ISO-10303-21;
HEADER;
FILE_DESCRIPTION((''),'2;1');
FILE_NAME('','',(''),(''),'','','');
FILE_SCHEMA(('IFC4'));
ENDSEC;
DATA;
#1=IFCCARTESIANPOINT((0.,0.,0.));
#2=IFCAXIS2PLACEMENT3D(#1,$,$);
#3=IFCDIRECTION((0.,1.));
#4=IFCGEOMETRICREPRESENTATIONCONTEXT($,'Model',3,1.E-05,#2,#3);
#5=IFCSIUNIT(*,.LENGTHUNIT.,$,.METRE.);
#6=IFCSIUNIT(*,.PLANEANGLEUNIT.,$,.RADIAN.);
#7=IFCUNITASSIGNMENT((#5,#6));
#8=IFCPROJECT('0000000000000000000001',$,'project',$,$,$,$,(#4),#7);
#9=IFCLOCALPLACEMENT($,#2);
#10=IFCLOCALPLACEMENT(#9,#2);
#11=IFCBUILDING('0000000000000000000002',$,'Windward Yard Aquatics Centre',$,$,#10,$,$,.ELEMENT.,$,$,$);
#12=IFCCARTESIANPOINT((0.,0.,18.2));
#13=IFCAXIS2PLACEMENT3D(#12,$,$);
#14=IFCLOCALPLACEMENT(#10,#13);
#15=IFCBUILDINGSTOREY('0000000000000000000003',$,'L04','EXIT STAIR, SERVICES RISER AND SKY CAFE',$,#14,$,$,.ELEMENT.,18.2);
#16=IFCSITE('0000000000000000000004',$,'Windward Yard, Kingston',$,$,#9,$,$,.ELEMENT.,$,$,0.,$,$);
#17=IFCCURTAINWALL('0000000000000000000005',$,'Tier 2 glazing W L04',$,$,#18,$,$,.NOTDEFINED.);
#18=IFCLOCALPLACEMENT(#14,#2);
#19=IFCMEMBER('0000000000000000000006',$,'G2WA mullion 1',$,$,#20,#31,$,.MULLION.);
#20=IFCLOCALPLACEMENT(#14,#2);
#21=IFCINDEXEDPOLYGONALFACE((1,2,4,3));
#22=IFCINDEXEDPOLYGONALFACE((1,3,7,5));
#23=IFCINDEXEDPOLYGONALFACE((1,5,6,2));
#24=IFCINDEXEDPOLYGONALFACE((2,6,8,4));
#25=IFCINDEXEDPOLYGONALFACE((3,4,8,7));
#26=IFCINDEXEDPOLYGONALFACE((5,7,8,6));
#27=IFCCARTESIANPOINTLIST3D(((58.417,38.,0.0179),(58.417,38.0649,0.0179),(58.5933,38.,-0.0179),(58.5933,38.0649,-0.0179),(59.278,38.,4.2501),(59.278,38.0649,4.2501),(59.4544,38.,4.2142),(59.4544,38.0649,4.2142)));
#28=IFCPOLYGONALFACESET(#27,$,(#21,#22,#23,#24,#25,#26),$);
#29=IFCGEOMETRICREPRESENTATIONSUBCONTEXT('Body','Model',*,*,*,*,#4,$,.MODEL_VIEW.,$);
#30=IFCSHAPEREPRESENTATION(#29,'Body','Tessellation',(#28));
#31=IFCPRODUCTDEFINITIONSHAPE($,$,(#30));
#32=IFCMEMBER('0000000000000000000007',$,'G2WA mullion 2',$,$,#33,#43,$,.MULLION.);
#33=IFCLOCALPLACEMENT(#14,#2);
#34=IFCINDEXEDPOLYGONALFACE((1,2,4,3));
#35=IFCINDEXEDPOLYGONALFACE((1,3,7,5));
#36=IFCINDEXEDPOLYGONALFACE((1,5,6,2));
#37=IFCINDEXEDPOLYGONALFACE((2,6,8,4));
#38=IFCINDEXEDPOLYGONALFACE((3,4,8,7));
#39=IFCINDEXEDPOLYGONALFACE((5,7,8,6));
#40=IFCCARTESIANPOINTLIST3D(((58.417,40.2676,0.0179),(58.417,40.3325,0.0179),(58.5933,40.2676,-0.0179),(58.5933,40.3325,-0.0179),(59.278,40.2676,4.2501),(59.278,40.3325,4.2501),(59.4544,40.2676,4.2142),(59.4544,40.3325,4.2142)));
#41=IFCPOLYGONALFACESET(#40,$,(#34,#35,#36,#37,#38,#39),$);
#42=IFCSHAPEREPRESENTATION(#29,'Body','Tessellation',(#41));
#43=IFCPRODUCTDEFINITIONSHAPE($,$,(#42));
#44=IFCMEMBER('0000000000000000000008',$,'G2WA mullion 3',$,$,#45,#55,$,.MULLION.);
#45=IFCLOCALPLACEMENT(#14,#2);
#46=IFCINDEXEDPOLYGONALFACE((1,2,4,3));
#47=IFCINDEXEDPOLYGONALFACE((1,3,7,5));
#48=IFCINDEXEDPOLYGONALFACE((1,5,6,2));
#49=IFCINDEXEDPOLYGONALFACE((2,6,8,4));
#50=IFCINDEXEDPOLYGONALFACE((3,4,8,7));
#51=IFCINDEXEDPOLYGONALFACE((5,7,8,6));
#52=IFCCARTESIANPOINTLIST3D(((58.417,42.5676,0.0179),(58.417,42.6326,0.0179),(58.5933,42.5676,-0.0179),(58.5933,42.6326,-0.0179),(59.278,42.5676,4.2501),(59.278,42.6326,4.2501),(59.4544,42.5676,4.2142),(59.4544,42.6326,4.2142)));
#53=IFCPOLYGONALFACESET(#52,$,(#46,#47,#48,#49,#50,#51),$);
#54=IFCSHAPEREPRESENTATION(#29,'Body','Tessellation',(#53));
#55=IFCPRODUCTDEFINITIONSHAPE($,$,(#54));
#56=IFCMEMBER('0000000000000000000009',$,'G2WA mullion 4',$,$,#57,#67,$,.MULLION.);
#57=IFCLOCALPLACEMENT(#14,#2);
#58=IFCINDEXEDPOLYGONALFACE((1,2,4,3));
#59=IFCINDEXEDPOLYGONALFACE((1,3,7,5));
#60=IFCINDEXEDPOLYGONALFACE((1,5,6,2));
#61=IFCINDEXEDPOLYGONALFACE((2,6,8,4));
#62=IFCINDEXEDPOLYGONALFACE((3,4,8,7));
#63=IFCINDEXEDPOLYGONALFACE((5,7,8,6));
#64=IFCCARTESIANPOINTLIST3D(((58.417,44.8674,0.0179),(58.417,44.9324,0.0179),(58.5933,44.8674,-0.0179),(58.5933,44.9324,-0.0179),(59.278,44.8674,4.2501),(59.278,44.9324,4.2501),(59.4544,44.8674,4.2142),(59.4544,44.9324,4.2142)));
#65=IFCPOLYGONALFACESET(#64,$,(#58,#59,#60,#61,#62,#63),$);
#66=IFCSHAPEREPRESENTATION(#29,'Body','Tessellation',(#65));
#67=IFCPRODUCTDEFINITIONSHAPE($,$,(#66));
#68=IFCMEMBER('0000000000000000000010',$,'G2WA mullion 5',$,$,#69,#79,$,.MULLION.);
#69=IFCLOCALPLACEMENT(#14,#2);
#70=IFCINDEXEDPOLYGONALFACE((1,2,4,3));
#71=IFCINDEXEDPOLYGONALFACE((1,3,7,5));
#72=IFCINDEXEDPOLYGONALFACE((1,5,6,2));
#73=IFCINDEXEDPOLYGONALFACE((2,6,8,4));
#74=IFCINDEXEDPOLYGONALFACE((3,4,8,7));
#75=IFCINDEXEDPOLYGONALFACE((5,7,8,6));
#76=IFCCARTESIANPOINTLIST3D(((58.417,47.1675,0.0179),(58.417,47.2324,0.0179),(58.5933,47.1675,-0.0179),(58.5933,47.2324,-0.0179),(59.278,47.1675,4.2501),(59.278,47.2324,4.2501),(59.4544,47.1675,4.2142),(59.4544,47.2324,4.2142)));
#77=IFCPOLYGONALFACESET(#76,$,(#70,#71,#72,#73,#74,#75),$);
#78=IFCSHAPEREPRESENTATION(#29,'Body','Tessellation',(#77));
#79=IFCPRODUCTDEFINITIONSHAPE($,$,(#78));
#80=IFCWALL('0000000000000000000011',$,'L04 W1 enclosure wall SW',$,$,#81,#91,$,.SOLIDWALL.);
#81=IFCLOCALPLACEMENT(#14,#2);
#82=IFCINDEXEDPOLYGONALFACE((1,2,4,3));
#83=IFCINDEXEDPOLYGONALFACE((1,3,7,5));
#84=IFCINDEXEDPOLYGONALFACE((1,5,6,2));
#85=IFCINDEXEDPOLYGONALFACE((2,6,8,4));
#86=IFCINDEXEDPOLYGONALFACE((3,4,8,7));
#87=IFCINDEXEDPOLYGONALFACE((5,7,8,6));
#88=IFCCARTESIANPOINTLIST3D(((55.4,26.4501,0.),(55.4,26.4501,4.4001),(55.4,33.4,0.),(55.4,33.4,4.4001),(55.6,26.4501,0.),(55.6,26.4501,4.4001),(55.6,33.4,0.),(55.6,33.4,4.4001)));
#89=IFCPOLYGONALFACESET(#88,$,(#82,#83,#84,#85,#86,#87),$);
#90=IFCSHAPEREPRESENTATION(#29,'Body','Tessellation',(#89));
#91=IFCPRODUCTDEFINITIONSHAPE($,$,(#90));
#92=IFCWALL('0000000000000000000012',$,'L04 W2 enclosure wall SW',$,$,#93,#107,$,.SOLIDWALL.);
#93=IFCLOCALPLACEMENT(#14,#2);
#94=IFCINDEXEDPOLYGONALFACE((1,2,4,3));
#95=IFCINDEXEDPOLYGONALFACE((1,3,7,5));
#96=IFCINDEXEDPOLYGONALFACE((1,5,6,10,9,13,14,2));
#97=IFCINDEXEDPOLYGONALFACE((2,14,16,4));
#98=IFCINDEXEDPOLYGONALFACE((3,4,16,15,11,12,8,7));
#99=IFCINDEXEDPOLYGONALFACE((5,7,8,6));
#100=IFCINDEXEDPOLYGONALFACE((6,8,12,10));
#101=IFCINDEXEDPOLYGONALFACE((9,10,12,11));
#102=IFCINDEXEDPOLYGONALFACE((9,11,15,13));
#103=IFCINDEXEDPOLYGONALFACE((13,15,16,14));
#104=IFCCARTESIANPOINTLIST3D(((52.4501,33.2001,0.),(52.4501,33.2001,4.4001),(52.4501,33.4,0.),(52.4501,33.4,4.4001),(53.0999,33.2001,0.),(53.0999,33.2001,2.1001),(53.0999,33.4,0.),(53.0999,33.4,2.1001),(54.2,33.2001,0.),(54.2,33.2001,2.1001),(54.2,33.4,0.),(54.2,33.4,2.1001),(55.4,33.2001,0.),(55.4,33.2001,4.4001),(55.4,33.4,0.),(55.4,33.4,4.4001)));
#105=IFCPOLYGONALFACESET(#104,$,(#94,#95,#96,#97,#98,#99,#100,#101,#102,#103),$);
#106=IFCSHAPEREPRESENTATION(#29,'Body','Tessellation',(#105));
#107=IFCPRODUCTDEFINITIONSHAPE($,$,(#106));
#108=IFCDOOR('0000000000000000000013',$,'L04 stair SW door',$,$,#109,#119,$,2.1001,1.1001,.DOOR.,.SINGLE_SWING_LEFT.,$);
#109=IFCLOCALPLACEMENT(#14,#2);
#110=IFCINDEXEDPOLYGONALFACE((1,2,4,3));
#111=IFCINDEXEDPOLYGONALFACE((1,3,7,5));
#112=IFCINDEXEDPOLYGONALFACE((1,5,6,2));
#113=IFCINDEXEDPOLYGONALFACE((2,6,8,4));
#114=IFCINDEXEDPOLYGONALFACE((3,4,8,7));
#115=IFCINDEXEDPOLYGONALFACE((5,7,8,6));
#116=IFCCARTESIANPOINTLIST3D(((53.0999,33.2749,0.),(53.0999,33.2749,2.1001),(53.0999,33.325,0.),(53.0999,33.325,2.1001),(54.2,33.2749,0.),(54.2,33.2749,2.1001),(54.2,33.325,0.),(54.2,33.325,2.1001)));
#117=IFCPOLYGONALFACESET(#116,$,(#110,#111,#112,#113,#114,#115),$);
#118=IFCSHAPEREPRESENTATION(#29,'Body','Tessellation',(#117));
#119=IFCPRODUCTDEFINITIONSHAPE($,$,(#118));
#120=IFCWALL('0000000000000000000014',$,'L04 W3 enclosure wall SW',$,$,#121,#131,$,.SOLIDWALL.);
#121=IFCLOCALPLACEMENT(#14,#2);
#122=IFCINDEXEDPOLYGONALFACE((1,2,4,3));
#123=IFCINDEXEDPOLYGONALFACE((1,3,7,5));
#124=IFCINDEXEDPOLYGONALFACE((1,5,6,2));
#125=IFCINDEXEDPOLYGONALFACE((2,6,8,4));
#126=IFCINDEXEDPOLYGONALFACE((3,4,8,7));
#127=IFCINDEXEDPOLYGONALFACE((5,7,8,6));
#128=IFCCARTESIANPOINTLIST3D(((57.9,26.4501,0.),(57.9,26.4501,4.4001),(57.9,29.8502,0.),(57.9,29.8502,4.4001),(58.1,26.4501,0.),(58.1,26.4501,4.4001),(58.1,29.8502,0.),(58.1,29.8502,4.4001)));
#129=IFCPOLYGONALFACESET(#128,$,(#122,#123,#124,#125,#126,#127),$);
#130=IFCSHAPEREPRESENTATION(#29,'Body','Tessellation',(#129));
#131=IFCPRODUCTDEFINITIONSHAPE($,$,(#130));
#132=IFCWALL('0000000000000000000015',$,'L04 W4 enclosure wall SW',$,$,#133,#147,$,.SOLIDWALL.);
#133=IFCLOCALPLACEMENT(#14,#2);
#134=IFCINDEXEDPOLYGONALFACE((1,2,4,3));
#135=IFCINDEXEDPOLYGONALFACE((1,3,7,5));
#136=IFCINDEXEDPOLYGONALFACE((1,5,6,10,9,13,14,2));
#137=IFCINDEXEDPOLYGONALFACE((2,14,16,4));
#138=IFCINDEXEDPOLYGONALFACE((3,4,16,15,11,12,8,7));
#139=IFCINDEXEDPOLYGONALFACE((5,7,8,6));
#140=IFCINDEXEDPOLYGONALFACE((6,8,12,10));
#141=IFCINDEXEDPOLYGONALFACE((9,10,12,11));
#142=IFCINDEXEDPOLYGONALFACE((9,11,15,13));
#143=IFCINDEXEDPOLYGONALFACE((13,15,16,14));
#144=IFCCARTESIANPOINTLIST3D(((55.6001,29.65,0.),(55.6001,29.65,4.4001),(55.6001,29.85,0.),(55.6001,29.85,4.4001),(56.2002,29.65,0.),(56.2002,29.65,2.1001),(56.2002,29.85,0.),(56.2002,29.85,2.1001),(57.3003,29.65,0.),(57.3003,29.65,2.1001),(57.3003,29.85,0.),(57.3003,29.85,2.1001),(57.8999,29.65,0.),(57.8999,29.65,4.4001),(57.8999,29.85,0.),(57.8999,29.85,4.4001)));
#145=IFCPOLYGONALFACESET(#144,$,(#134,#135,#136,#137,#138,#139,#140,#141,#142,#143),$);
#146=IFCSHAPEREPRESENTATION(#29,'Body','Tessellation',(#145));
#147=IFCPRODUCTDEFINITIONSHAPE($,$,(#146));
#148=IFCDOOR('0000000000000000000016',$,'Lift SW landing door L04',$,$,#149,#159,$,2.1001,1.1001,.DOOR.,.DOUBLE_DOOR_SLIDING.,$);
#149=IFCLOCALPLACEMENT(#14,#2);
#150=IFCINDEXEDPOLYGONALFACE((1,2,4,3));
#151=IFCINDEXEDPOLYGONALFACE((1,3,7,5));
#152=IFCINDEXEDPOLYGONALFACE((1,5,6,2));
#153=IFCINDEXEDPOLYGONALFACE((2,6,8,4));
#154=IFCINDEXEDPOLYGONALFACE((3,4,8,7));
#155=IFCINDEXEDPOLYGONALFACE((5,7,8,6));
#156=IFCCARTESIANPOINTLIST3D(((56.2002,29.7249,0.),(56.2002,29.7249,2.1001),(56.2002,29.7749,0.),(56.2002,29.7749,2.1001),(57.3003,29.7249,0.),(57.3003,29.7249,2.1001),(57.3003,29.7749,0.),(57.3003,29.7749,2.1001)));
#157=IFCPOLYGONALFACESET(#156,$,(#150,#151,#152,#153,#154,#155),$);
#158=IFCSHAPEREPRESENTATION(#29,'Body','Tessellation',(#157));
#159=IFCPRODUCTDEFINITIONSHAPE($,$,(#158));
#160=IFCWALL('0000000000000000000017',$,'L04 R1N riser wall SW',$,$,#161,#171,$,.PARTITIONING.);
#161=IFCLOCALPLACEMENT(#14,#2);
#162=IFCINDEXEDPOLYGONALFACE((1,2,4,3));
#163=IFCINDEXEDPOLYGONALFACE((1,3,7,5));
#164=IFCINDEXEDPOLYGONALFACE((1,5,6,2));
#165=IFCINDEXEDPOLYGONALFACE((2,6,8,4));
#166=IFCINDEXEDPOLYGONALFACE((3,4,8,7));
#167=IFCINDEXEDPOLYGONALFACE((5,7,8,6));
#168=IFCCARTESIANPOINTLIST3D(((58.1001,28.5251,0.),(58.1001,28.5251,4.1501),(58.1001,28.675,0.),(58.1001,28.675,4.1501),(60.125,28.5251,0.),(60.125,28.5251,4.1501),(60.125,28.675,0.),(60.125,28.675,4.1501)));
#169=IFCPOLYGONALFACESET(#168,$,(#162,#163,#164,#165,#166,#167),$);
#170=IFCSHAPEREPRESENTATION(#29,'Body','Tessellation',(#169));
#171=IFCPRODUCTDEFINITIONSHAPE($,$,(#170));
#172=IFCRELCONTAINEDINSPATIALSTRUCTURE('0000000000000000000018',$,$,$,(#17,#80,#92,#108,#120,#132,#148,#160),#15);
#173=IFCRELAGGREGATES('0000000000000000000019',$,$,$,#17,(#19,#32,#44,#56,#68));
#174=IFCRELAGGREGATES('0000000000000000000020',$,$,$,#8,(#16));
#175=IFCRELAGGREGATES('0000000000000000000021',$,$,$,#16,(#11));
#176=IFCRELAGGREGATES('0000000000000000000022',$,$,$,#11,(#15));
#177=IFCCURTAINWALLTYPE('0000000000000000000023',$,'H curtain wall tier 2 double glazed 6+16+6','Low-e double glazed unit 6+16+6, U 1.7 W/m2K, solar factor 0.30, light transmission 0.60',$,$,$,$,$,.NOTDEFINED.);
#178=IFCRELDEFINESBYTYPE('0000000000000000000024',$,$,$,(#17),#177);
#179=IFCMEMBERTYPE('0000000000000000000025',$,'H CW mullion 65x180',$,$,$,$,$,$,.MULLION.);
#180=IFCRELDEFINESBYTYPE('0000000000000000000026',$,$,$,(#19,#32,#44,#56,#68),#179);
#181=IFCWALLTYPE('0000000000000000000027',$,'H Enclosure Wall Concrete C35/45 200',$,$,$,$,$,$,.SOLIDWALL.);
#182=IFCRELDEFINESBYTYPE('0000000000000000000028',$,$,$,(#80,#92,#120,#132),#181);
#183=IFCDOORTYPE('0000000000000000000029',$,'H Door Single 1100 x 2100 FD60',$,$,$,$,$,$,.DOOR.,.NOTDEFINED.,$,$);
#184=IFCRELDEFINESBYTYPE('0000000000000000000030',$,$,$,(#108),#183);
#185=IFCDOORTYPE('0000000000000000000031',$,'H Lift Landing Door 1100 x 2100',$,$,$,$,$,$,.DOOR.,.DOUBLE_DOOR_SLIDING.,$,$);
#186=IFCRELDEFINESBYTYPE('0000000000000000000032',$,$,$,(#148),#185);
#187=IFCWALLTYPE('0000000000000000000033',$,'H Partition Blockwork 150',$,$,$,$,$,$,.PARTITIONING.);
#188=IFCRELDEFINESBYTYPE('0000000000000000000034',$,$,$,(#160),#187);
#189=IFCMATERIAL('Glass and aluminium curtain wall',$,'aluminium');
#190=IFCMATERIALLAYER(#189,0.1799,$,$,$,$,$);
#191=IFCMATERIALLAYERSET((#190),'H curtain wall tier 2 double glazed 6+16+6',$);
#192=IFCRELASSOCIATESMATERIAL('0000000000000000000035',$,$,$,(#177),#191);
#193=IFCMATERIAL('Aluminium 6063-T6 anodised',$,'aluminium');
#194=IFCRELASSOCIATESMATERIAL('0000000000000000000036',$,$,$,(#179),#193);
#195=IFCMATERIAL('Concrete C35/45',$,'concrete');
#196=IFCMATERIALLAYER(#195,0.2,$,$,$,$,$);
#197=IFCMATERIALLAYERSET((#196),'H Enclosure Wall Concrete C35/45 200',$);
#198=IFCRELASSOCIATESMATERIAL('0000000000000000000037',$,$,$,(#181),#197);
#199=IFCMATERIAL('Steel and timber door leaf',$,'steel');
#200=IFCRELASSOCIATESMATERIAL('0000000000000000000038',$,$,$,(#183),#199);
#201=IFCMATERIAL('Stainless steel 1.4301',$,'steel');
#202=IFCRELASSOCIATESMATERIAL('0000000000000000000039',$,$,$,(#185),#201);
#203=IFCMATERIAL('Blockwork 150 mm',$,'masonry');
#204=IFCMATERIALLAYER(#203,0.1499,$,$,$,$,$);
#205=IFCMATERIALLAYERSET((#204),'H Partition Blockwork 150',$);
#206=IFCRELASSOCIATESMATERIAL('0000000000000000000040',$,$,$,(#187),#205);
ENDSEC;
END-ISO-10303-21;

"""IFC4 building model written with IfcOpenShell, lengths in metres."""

from ifc_helpers import new_model, si_unit, direction, frame, frame_2d, origin, origin_2d, place, context, subcontext, project, spatial, rectangle, extrude, material, layer, layer_set, material_profile, profile_set, type_object, element, fill, aggregate, save


model = new_model("IFC4")

# Units and contexts
model_context = context("Model", 3, precision=1e-05, world=origin(), true_north=direction((0.0, 1.0)))
body_context = subcontext(model_context, "Body", "Model", "MODEL_VIEW")
ifc_project = project(units=[si_unit("LENGTHUNIT", "METRE"), si_unit("PLANEANGLEUNIT", "RADIAN")], contexts=[model_context])

# Site, building, storey
site_placement = place(None, origin())
site = spatial("IfcSite", under=ifc_project, at=site_placement, Name="Windward Yard, Kingston", CompositionType="ELEMENT", RefElevation=0.0)
building_placement = place(site_placement, origin())
building = spatial("IfcBuilding", under=site, at=building_placement, Name="Windward Yard Aquatics Centre", CompositionType="ELEMENT")
storey_placement = place(building_placement, frame((0.0, 0.0, 18.2)))
storey = spatial("IfcBuildingStorey", under=building, at=storey_placement, Name="L04", Description="EXIT STAIR, SERVICES RISER AND SKY CAFE", CompositionType="ELEMENT", Elevation=18.2)

# Curtain wall, members
ifc_material_1 = material(Name="Glass and aluminium curtain wall", Category="aluminium")
ifc_layer_1 = layer(ifc_material_1, 0.1799)
ifc_layer_set_1 = layer_set([ifc_layer_1], Name="H curtain wall tier 2 double glazed 6+16+6")
curtain_wall_type = type_object("IfcCurtainWallType", Name="H curtain wall tier 2 double glazed 6+16+6", Description="Low-e double glazed unit 6+16+6, U 1.7 W/m2K, solar factor 0.30, light transmission 0.60", PredefinedType="NOTDEFINED", material=ifc_layer_set_1)
curtain_wall_placement = place(storey_placement, origin())
curtain_wall = element("IfcCurtainWall", 1, at=curtain_wall_placement, inside=storey, type_object=curtain_wall_type, Name="Tier 2 glazing W L04", PredefinedType="NOTDEFINED")
ifc_material_2 = material(Name="Aluminium 6063-T6 anodised", Category="aluminium")
ifc_material_profile = material_profile(ifc_material_2, rectangle(XDim=0.0649, YDim=0.1799, at=origin_2d()), Name="H CW mullion 65x180")
ifc_profile_set = profile_set([ifc_material_profile], Name="Aluminium 6063-T6 anodised")
member_type = type_object("IfcMemberType", Name="H CW mullion 65x180", PredefinedType="MULLION", material=ifc_profile_set)
member_1_placement = place(storey_placement, frame((58.5051, 38.0325, 0.0), z_axis=(0.199376, 0.0, 0.979923), x_axis=(0.0, 1.0, 0.0)))
member_1 = element("IfcMember", 2, at=member_1_placement, type_object=member_type, Name="G2WA mullion 1", PredefinedType="MULLION", context=body_context, shape_type="SweptSolid", body=[
    extrude(rectangle(XDim=0.0649, YDim=0.1799, at=origin_2d()), origin(), (0.0, 0.0, 1.0), 4.3188),
])
member_2_placement = place(storey_placement, frame((58.5051, 40.3, 0.0), z_axis=(0.199376, 0.0, 0.979923), x_axis=(0.0, 1.0, 0.0)))
member_2 = element("IfcMember", 3, at=member_2_placement, type_object=member_type, Name="G2WA mullion 2", PredefinedType="MULLION", context=body_context, shape_type="SweptSolid", body=[
    extrude(rectangle(XDim=0.0649, YDim=0.1799, at=origin_2d()), origin(), (0.0, 0.0, 1.0), 4.3188),
])
member_3_placement = place(storey_placement, frame((58.5051, 42.6001, 0.0), z_axis=(0.199376, 0.0, 0.979923), x_axis=(0.0, 1.0, 0.0)))
member_3 = element("IfcMember", 4, at=member_3_placement, type_object=member_type, Name="G2WA mullion 3", PredefinedType="MULLION", context=body_context, shape_type="SweptSolid", body=[
    extrude(rectangle(XDim=0.0649, YDim=0.1799, at=origin_2d()), origin(), (0.0, 0.0, 1.0), 4.3188),
])
member_4_placement = place(storey_placement, frame((58.5051, 44.8999, 0.0), z_axis=(0.199376, 0.0, 0.979923), x_axis=(0.0, 1.0, 0.0)))
member_4 = element("IfcMember", 5, at=member_4_placement, type_object=member_type, Name="G2WA mullion 4", PredefinedType="MULLION", context=body_context, shape_type="SweptSolid", body=[
    extrude(rectangle(XDim=0.0649, YDim=0.1799, at=origin_2d()), origin(), (0.0, 0.0, 1.0), 4.3188),
])
member_5_placement = place(storey_placement, frame((58.5051, 47.2, 0.0), z_axis=(0.199376, 0.0, 0.979923), x_axis=(0.0, 1.0, 0.0)))
member_5 = element("IfcMember", 6, at=member_5_placement, type_object=member_type, Name="G2WA mullion 5", PredefinedType="MULLION", context=body_context, shape_type="SweptSolid", body=[
    extrude(rectangle(XDim=0.0649, YDim=0.1799, at=origin_2d()), origin(), (0.0, 0.0, 1.0), 4.3188),
])
aggregate(curtain_wall, [member_1, member_2, member_3, member_4, member_5])

# Wall
ifc_material_3 = material(Name="Concrete C35/45", Category="concrete")
ifc_layer_2 = layer(ifc_material_3, 0.2)
ifc_layer_set_2 = layer_set([ifc_layer_2], Name="H Enclosure Wall Concrete C35/45 200")
wall_type_1 = type_object("IfcWallType", Name="H Enclosure Wall Concrete C35/45 200", PredefinedType="SOLIDWALL", material=ifc_layer_set_2)
wall_1_placement = place(storey_placement, frame((55.5, 26.45, 0.0), z_axis=(0.0, 0.0, 1.0), x_axis=(0.0, 1.0, 0.0)))
element("IfcWall", 7, at=wall_1_placement, inside=storey, type_object=wall_type_1, Name="L04 W1 enclosure wall SW", PredefinedType="SOLIDWALL", context=body_context, shape_type="SweptSolid", body=[
    extrude(rectangle(XDim=6.95, YDim=0.2, at=frame_2d((3.4751, 0.0))), origin(), (0.0, 0.0, 1.0), 4.4001),
])

# Wall, opening, door
wall_2_placement = place(storey_placement, frame((52.45, 33.3, 0.0), z_axis=(0.0, 0.0, 1.0), x_axis=(1.0, 0.0, 0.0)))
wall_2 = element("IfcWall", 8, at=wall_2_placement, inside=storey, type_object=wall_type_1, Name="L04 W2 enclosure wall SW", PredefinedType="SOLIDWALL", context=body_context, shape_type="SweptSolid", body=[
    extrude(rectangle(XDim=2.95, YDim=0.2, at=frame_2d((1.4751, 0.0))), origin(), (0.0, 0.0, 1.0), 4.4001),
])
opening_1_placement = place(wall_2_placement, frame((0.6499, 0.0, 0.0)))
opening_1 = element("IfcOpeningElement", 9, at=opening_1_placement, cuts=wall_2, PredefinedType="OPENING", context=body_context, shape_type="SweptSolid", body=[
    extrude(rectangle(XDim=1.1001, YDim=2.1001, at=frame_2d((0.55, 1.05))), frame((0.0, 0.1099, 0.0), z_axis=(0.0, -1.0, 0.0), x_axis=(1.0, 0.0, 0.0)), (0.0, 0.0, 1.0), 0.22),
])
ifc_material_4 = material(Name="Steel and timber door leaf", Category="steel")
door_type_1 = type_object("IfcDoorType", Name="H Door Single 1100 x 2100 FD60", OperationType="NOTDEFINED", PredefinedType="DOOR", material=ifc_material_4)
door_1_placement = place(opening_1_placement, origin())
door_1 = element("IfcDoor", 10, at=door_1_placement, inside=storey, type_object=door_type_1, Name="L04 stair SW door", OperationType="SINGLE_SWING_LEFT", OverallHeight=2.1001, OverallWidth=1.1001, PredefinedType="DOOR", context=body_context, shape_type="SweptSolid", body=[
    extrude(rectangle(XDim=1.1001, YDim=2.1001, at=frame_2d((0.55, 1.05))), frame((0.0, 0.0249, 0.0), z_axis=(0.0, -1.0, 0.0), x_axis=(1.0, 0.0, 0.0)), (0.0, 0.0, 1.0), 0.05),
])
fill(opening_1, door_1)

# Wall
wall_3_placement = place(storey_placement, frame((58.0, 26.45, 0.0), z_axis=(0.0, 0.0, 1.0), x_axis=(0.0, 1.0, 0.0)))
element("IfcWall", 11, at=wall_3_placement, inside=storey, type_object=wall_type_1, Name="L04 W3 enclosure wall SW", PredefinedType="SOLIDWALL", context=body_context, shape_type="SweptSolid", body=[
    extrude(rectangle(XDim=3.4001, YDim=0.2, at=frame_2d((1.7002, 0.0))), origin(), (0.0, 0.0, 1.0), 4.4001),
])

# Wall, opening, door
wall_4_placement = place(storey_placement, frame((55.6001, 29.75, 0.0), z_axis=(0.0, 0.0, 1.0), x_axis=(1.0, 0.0, 0.0)))
wall_4 = element("IfcWall", 12, at=wall_4_placement, inside=storey, type_object=wall_type_1, Name="L04 W4 enclosure wall SW", PredefinedType="SOLIDWALL", context=body_context, shape_type="SweptSolid", body=[
    extrude(rectangle(XDim=2.2998, YDim=0.2, at=frame_2d((1.1499, 0.0))), origin(), (0.0, 0.0, 1.0), 4.4001),
])
opening_2_placement = place(wall_4_placement, frame((0.6001, 0.0, 0.0)))
opening_2 = element("IfcOpeningElement", 13, at=opening_2_placement, cuts=wall_4, PredefinedType="OPENING", context=body_context, shape_type="SweptSolid", body=[
    extrude(rectangle(XDim=1.1001, YDim=2.1001, at=frame_2d((0.55, 1.05))), frame((0.0, 0.1099, 0.0), z_axis=(0.0, -1.0, 0.0), x_axis=(1.0, 0.0, 0.0)), (0.0, 0.0, 1.0), 0.22),
])
ifc_material_5 = material(Name="Stainless steel 1.4301", Category="steel")
door_type_2 = type_object("IfcDoorType", Name="H Lift Landing Door 1100 x 2100", OperationType="DOUBLE_DOOR_SLIDING", PredefinedType="DOOR", material=ifc_material_5)
door_2_placement = place(opening_2_placement, origin())
door_2 = element("IfcDoor", 14, at=door_2_placement, inside=storey, type_object=door_type_2, Name="Lift SW landing door L04", OperationType="DOUBLE_DOOR_SLIDING", OverallHeight=2.1001, OverallWidth=1.1001, PredefinedType="DOOR", context=body_context, shape_type="SweptSolid", body=[
    extrude(rectangle(XDim=1.1001, YDim=2.1001, at=frame_2d((0.55, 1.05))), frame((0.0, 0.0249, 0.0), z_axis=(0.0, -1.0, 0.0), x_axis=(1.0, 0.0, 0.0)), (0.0, 0.0, 1.0), 0.05),
])
fill(opening_2, door_2)

# Wall
ifc_material_6 = material(Name="Blockwork 150 mm", Category="masonry")
ifc_layer_3 = layer(ifc_material_6, 0.1499)
ifc_layer_set_3 = layer_set([ifc_layer_3], Name="H Partition Blockwork 150")
wall_type_2 = type_object("IfcWallType", Name="H Partition Blockwork 150", PredefinedType="PARTITIONING", material=ifc_layer_set_3)
wall_5_placement = place(storey_placement, frame((58.1001, 28.6001, 0.0), z_axis=(0.0, 0.0, 1.0), x_axis=(1.0, 0.0, 0.0)))
element("IfcWall", 15, at=wall_5_placement, inside=storey, type_object=wall_type_2, Name="L04 R1N riser wall SW", PredefinedType="PARTITIONING", context=body_context, shape_type="SweptSolid", body=[
    extrude(rectangle(XDim=2.0249, YDim=0.1499, at=frame_2d((1.0125, 0.0))), origin(), (0.0, 0.0, 1.0), 4.1501),
])

save(model, "model.ifc")
